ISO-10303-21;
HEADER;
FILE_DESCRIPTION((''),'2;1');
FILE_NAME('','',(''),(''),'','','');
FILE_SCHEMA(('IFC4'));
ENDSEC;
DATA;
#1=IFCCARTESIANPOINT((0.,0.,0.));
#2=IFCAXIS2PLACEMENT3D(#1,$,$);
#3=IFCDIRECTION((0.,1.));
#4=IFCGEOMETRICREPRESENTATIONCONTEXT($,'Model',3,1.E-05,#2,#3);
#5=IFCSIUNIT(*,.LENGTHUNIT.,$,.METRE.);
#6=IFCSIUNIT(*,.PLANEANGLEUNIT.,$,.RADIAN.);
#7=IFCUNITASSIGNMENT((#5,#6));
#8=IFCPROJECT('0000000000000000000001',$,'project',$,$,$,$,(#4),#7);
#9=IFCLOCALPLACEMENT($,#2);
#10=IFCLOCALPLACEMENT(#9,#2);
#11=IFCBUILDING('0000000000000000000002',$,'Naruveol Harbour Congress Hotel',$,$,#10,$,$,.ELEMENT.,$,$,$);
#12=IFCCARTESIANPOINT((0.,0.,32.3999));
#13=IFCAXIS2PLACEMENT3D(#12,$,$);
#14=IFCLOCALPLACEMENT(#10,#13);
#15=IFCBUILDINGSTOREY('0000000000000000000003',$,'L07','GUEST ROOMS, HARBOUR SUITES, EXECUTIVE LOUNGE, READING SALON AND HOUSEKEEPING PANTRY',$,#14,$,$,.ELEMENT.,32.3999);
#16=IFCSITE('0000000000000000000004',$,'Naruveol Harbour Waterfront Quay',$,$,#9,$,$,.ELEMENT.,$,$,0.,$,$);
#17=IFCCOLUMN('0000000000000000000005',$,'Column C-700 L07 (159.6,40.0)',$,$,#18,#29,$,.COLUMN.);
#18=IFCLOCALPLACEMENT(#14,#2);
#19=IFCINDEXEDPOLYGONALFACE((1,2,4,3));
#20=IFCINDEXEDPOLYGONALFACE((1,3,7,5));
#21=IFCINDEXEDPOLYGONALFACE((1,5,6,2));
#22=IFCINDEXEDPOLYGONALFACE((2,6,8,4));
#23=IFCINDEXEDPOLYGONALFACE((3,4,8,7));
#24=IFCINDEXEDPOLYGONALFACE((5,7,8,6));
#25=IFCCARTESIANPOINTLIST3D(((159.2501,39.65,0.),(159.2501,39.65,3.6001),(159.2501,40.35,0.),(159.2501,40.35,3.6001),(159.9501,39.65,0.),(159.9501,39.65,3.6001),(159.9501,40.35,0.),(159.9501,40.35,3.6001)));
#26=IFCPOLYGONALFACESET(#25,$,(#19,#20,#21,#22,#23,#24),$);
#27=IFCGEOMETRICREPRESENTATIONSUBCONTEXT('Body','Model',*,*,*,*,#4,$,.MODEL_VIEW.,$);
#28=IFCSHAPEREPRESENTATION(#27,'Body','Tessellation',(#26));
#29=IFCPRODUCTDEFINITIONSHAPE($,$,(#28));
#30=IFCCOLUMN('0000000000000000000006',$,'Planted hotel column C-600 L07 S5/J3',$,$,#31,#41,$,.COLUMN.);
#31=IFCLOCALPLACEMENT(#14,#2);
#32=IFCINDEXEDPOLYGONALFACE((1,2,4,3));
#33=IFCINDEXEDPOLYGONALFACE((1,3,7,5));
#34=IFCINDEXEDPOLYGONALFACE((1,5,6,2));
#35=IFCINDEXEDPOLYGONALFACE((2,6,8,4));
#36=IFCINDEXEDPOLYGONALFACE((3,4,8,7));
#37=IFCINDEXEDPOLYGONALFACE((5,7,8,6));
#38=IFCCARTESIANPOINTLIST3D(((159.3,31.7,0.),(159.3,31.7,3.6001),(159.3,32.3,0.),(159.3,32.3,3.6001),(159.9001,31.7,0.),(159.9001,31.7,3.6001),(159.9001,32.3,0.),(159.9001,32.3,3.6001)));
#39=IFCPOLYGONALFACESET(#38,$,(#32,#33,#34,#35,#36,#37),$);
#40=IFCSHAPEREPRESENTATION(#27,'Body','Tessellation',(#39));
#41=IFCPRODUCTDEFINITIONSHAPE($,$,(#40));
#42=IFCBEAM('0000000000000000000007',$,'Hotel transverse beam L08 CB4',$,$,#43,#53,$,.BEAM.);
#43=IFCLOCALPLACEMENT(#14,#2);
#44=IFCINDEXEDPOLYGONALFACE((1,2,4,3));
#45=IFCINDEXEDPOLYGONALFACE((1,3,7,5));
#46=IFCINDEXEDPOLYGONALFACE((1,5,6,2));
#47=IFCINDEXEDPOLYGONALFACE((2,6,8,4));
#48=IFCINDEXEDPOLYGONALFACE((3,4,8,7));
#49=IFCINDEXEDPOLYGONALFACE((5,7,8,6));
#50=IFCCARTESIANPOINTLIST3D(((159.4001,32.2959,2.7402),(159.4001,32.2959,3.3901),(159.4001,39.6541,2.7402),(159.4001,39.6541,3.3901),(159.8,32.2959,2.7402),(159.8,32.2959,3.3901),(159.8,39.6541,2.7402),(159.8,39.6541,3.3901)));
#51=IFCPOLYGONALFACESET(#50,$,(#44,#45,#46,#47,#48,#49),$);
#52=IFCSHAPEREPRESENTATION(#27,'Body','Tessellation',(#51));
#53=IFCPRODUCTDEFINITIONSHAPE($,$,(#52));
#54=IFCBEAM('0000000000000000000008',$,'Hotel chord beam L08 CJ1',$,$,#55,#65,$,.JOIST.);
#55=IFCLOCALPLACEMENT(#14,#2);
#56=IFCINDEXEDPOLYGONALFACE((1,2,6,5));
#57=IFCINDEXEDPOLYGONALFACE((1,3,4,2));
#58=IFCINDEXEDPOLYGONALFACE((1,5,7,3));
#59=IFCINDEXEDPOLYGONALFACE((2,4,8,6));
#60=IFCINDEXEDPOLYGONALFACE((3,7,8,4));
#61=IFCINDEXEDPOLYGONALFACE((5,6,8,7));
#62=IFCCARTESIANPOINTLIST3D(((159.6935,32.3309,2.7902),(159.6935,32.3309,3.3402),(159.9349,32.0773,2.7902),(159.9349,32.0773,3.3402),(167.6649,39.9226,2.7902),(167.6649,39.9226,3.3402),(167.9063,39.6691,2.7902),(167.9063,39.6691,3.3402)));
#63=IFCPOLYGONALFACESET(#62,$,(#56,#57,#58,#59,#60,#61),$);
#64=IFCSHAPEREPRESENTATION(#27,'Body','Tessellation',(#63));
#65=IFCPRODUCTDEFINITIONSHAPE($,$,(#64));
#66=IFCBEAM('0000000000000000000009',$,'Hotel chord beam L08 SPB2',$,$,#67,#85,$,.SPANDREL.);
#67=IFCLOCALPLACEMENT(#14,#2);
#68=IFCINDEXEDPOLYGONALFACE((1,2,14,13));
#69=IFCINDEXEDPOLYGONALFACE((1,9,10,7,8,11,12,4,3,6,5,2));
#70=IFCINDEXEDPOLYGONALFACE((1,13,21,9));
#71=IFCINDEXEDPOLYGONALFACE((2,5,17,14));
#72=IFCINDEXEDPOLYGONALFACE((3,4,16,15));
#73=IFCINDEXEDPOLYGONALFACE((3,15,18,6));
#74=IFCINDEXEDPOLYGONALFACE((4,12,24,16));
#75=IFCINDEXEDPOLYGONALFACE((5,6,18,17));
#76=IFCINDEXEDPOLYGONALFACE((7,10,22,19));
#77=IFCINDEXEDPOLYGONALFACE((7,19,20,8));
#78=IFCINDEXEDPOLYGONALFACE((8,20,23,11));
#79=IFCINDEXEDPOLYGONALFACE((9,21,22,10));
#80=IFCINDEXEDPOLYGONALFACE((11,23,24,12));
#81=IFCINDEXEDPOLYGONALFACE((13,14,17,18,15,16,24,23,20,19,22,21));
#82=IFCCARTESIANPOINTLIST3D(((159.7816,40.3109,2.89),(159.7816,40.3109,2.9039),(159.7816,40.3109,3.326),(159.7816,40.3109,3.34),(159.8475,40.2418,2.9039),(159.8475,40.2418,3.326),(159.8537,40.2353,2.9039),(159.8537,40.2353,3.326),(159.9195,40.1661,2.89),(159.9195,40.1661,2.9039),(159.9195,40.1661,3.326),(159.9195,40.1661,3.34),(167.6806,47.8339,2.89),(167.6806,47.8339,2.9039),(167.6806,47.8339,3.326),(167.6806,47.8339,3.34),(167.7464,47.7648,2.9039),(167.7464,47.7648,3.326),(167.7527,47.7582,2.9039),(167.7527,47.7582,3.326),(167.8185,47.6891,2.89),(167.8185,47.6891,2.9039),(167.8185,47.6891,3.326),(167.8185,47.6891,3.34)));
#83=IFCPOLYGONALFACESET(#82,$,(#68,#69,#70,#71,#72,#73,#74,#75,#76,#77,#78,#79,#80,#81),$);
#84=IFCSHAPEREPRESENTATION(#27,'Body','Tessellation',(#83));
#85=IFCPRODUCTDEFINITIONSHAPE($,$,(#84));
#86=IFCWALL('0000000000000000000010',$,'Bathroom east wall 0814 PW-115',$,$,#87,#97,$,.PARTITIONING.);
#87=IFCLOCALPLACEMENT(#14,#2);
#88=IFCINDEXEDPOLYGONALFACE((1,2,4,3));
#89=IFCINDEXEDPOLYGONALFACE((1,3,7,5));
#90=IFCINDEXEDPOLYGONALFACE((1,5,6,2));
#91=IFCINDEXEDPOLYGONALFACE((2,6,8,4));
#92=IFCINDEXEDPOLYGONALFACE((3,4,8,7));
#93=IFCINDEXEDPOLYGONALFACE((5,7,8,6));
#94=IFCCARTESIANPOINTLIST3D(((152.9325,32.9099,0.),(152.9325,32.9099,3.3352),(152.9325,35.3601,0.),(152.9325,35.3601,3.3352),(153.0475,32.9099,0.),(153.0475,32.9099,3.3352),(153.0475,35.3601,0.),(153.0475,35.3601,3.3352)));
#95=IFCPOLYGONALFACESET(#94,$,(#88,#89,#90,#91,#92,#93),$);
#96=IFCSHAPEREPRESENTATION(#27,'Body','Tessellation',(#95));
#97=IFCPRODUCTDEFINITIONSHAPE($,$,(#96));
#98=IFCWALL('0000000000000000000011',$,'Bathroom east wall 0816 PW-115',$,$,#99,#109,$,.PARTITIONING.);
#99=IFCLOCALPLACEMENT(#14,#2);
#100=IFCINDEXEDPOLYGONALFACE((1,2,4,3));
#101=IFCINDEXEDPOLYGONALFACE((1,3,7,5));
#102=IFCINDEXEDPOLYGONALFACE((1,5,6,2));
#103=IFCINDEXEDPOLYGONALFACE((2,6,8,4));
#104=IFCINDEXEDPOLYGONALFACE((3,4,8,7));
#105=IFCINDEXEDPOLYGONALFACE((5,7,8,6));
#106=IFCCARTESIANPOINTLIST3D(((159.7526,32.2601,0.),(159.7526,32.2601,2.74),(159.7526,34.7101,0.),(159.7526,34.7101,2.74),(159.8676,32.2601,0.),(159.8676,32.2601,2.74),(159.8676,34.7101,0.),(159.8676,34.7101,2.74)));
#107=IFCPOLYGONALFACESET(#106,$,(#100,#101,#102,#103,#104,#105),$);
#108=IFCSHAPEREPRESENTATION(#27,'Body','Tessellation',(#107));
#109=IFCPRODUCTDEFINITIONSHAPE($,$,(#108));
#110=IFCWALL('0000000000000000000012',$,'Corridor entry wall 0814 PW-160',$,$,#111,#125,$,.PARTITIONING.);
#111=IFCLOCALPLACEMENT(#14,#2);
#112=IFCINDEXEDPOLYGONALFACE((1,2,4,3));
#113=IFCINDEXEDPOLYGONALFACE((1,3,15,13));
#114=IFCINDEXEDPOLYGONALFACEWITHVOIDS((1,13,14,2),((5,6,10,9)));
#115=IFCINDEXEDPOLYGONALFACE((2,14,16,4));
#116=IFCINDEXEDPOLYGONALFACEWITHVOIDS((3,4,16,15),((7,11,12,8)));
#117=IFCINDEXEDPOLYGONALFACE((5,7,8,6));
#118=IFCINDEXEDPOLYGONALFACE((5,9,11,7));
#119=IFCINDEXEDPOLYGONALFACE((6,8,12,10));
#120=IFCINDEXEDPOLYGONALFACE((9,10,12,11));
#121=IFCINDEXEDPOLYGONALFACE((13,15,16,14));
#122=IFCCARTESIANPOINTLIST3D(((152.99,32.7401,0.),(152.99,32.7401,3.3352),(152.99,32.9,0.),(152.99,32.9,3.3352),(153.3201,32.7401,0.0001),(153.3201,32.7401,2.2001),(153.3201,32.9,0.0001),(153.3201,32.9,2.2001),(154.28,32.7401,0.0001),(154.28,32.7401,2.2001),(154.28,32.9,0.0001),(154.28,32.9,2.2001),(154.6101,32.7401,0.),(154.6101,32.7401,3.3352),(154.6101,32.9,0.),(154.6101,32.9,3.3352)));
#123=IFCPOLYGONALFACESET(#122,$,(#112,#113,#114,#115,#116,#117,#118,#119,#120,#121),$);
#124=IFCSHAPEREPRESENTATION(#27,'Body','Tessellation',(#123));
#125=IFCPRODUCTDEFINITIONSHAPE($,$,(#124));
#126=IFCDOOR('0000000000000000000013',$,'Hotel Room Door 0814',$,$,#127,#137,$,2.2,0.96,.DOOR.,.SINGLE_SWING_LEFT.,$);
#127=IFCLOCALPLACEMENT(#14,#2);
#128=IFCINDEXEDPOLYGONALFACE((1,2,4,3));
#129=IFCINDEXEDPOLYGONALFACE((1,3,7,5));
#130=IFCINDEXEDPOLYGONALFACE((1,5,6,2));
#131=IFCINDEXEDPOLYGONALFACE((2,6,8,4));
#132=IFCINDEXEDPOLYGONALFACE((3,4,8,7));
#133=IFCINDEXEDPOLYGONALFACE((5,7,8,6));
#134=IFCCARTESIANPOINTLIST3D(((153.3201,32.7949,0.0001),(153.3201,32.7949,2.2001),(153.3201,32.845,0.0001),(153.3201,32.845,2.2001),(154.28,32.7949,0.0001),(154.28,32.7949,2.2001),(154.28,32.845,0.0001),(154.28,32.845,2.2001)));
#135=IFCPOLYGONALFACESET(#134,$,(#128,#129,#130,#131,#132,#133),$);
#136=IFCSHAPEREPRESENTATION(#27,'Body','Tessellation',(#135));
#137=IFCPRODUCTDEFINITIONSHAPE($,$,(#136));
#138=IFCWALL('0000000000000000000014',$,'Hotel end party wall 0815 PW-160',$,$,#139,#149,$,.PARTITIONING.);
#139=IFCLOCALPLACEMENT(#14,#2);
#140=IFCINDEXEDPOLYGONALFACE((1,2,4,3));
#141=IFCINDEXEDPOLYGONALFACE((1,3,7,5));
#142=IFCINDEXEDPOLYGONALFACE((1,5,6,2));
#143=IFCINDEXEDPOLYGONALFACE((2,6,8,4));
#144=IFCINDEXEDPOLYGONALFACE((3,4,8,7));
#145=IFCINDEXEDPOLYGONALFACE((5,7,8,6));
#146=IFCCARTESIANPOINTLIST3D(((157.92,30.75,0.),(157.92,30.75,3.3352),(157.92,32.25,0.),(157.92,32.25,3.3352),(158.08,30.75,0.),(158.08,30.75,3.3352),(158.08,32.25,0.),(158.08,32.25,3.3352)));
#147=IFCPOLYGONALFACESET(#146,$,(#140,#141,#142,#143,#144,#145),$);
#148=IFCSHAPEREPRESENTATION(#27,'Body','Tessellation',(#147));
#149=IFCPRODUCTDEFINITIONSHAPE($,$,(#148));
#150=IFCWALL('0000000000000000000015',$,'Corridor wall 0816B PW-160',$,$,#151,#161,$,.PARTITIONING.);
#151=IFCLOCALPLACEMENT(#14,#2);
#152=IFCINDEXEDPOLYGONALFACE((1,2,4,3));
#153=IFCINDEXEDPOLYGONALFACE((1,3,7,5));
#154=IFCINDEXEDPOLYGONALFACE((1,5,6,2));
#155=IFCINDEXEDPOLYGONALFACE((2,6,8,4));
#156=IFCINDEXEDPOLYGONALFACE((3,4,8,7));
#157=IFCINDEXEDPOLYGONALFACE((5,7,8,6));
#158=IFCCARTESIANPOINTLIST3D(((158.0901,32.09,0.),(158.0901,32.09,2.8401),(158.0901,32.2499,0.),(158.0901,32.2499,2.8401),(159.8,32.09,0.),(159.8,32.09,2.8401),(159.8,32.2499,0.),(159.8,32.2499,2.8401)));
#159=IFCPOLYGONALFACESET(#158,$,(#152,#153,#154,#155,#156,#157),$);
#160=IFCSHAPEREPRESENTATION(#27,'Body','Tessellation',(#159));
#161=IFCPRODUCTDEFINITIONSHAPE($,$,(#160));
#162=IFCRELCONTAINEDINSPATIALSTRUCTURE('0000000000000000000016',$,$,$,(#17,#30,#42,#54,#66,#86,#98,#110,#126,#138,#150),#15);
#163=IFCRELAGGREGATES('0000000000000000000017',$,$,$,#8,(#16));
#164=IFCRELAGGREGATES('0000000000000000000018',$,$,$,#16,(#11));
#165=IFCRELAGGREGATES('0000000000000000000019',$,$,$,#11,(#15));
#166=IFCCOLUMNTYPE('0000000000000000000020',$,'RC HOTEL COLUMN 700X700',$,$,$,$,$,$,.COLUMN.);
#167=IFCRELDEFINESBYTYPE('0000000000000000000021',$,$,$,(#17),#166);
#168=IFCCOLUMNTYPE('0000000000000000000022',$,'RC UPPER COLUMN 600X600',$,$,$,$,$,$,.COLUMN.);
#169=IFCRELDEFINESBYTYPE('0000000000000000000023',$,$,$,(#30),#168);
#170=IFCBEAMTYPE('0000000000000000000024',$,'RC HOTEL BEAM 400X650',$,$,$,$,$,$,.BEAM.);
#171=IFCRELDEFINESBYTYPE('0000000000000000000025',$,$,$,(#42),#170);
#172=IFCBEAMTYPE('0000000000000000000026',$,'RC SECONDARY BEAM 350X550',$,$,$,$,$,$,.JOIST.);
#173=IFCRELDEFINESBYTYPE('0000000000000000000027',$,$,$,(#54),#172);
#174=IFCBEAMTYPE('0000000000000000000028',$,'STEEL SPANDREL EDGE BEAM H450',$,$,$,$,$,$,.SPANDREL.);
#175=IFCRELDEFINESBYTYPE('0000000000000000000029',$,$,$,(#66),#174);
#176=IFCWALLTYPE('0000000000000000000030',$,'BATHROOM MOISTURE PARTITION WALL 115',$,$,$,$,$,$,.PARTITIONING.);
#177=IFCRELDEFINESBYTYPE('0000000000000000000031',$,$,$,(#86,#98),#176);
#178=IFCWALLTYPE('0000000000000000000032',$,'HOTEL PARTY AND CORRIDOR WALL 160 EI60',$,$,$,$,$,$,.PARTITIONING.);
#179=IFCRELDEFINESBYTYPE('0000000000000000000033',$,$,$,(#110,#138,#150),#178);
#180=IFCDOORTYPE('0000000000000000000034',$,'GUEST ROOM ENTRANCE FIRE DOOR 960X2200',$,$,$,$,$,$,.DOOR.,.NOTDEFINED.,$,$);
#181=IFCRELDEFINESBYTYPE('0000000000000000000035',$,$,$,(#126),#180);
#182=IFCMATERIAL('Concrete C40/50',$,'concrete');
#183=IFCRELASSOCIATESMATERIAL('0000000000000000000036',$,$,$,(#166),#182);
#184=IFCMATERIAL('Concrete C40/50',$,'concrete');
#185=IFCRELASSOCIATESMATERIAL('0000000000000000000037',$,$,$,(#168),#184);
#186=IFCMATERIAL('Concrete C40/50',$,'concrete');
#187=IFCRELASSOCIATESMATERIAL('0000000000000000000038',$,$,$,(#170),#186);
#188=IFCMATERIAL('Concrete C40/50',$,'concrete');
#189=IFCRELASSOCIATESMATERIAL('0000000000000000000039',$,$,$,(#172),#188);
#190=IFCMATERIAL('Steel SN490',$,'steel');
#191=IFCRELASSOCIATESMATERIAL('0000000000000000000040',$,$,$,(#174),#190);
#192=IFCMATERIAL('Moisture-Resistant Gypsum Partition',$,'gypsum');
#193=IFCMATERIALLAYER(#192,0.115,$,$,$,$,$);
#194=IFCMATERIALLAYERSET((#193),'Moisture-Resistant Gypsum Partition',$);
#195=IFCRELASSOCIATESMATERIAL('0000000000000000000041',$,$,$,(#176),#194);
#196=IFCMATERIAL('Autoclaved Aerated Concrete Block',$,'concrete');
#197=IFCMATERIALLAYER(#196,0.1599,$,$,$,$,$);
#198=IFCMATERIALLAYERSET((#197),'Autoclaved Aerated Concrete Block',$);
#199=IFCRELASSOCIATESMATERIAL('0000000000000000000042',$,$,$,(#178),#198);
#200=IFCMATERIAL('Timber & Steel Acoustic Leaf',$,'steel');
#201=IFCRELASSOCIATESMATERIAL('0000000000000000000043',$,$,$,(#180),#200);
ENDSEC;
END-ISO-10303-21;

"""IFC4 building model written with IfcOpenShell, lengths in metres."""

from ifc_helpers import new_model, si_unit, direction, frame, frame_2d, origin, origin_2d, place, context, subcontext, project, spatial, rectangle, i_section, extrude, material, layer, layer_set, material_profile, profile_set, type_object, element, fill, save


model = new_model("IFC4")

# Units and contexts
model_context = context("Model", 3, precision=1e-05, world=origin(), true_north=direction((0.0, 1.0)))
body_context = subcontext(model_context, "Body", "Model", "MODEL_VIEW")
ifc_project = project(units=[si_unit("LENGTHUNIT", "METRE"), si_unit("PLANEANGLEUNIT", "RADIAN")], contexts=[model_context])

# Site, building, storey
site_placement = place(None, origin())
site = spatial("IfcSite", under=ifc_project, at=site_placement, Name="Naruveol Harbour Waterfront Quay", CompositionType="ELEMENT", RefElevation=0.0)
building_placement = place(site_placement, origin())
building = spatial("IfcBuilding", under=site, at=building_placement, Name="Naruveol Harbour Congress Hotel", CompositionType="ELEMENT")
storey_placement = place(building_placement, frame((0.0, 0.0, 32.3999)))
storey = spatial("IfcBuildingStorey", under=building, at=storey_placement, Name="L07", Description="GUEST ROOMS, HARBOUR SUITES, EXECUTIVE LOUNGE, READING SALON AND HOUSEKEEPING PANTRY", CompositionType="ELEMENT", Elevation=32.3999)

# Columns
ifc_material_1 = material(Name="Concrete C40/50", Category="concrete")
ifc_material_profile_1 = material_profile(ifc_material_1, rectangle(XDim=0.7, YDim=0.7, at=origin_2d()), Name="RC-700x700")
ifc_profile_set_1 = profile_set([ifc_material_profile_1], Name="Concrete C40/50")
column_type_1 = type_object("IfcColumnType", Name="RC HOTEL COLUMN 700X700", PredefinedType="COLUMN", material=ifc_profile_set_1)
column_1_placement = place(storey_placement, frame((159.6001, 40.0, 0.0), z_axis=(0.0, 0.0, 1.0), x_axis=(1.0, 0.0, 0.0)))
element("IfcColumn", 1, at=column_1_placement, inside=storey, type_object=column_type_1, Name="Column C-700 L07 (159.6,40.0)", PredefinedType="COLUMN", context=body_context, shape_type="SweptSolid", body=[
    extrude(rectangle(XDim=0.7, YDim=0.7, at=origin_2d()), origin(), (0.0, 0.0, 1.0), 3.6001),
])
ifc_material_2 = material(Name="Concrete C40/50", Category="concrete")
ifc_material_profile_2 = material_profile(ifc_material_2, rectangle(XDim=0.6001, YDim=0.6001, at=origin_2d()), Name="RC-600x600")
ifc_profile_set_2 = profile_set([ifc_material_profile_2], Name="Concrete C40/50")
column_type_2 = type_object("IfcColumnType", Name="RC UPPER COLUMN 600X600", PredefinedType="COLUMN", material=ifc_profile_set_2)
column_2_placement = place(storey_placement, frame((159.6001, 32.0, 0.0), z_axis=(0.0, 0.0, 1.0), x_axis=(1.0, 0.0, 0.0)))
element("IfcColumn", 2, at=column_2_placement, inside=storey, type_object=column_type_2, Name="Planted hotel column C-600 L07 S5/J3", PredefinedType="COLUMN", context=body_context, shape_type="SweptSolid", body=[
    extrude(rectangle(XDim=0.6001, YDim=0.6001, at=origin_2d()), origin(), (0.0, 0.0, 1.0), 3.6001),
])

# Beams
ifc_material_3 = material(Name="Concrete C40/50", Category="concrete")
ifc_material_profile_3 = material_profile(ifc_material_3, rectangle(XDim=0.3999, YDim=0.6499, at=origin_2d()), Name="RCB-400x650")
ifc_profile_set_3 = profile_set([ifc_material_profile_3], Name="Concrete C40/50")
beam_type_1 = type_object("IfcBeamType", Name="RC HOTEL BEAM 400X650", PredefinedType="BEAM", material=ifc_profile_set_3)
beam_1_placement = place(storey_placement, frame((159.6001, 32.2959, 3.0652), z_axis=(0.0, 1.0, 0.0), x_axis=(-1.0, 0.0, 0.0)))
element("IfcBeam", 3, at=beam_1_placement, inside=storey, type_object=beam_type_1, Name="Hotel transverse beam L08 CB4", PredefinedType="BEAM", context=body_context, shape_type="SweptSolid", body=[
    extrude(rectangle(XDim=0.3999, YDim=0.6499, at=origin_2d()), origin(), (0.0, 0.0, 1.0), 7.3582),
])
ifc_material_4 = material(Name="Concrete C40/50", Category="concrete")
ifc_material_profile_4 = material_profile(ifc_material_4, rectangle(XDim=0.3501, YDim=0.55, at=origin_2d()), Name="RCB-350x550")
ifc_profile_set_4 = profile_set([ifc_material_profile_4], Name="Concrete C40/50")
beam_type_2 = type_object("IfcBeamType", Name="RC SECONDARY BEAM 350X550", PredefinedType="JOIST", material=ifc_profile_set_4)
beam_2_placement = place(storey_placement, frame((159.8142, 32.2041, 3.0652), z_axis=(0.72414, 0.689653, 0.0), x_axis=(-0.689653, 0.72414, 0.0)))
element("IfcBeam", 4, at=beam_2_placement, inside=storey, type_object=beam_type_2, Name="Hotel chord beam L08 CJ1", PredefinedType="JOIST", context=body_context, shape_type="SweptSolid", body=[
    extrude(rectangle(XDim=0.3501, YDim=0.55, at=origin_2d()), origin(), (0.0, 0.0, 1.0), 11.0081),
])
ifc_material_5 = material(Name="Steel SN490", Category="steel")
ifc_material_profile_5 = material_profile(ifc_material_5, i_section(OverallWidth=0.2, OverallDepth=0.45, WebThickness=0.009, FlangeThickness=0.0139, at=origin_2d()), Name="H-450x200x9x14")
ifc_profile_set_5 = profile_set([ifc_material_profile_5], Name="Steel SN490")
beam_type_3 = type_object("IfcBeamType", Name="STEEL SPANDREL EDGE BEAM H450", PredefinedType="SPANDREL", material=ifc_profile_set_5)
beam_3_placement = place(storey_placement, frame((159.8506, 40.2385, 3.115), z_axis=(0.72413, 0.689663, 0.0), x_axis=(-0.689663, 0.72413, 0.0)))
element("IfcBeam", 5, at=beam_3_placement, inside=storey, type_object=beam_type_3, Name="Hotel chord beam L08 SPB2", PredefinedType="SPANDREL", context=body_context, shape_type="SweptSolid", body=[
    extrude(i_section(OverallWidth=0.2, OverallDepth=0.45, WebThickness=0.009, FlangeThickness=0.0139, at=origin_2d()), origin(), (0.0, 0.0, 1.0), 10.9082),
])

# Wall
ifc_material_6 = material(Name="Moisture-Resistant Gypsum Partition", Category="gypsum")
ifc_layer_1 = layer(ifc_material_6, 0.115)
ifc_layer_set_1 = layer_set([ifc_layer_1], Name="Moisture-Resistant Gypsum Partition")
wall_type_1 = type_object("IfcWallType", Name="BATHROOM MOISTURE PARTITION WALL 115", PredefinedType="PARTITIONING", material=ifc_layer_set_1)
wall_1_placement = place(storey_placement, frame((152.99, 32.9099, 0.0), z_axis=(0.0, 0.0, 1.0), x_axis=(0.0, 1.0, 0.0)))
element("IfcWall", 6, at=wall_1_placement, inside=storey, type_object=wall_type_1, Name="Bathroom east wall 0814 PW-115", PredefinedType="PARTITIONING", context=body_context, shape_type="SweptSolid", body=[
    extrude(rectangle(XDim=2.4502, YDim=0.115, at=frame_2d((1.2251, 0.0))), origin(), (0.0, 0.0, 1.0), 3.3352),
])

# Wall
wall_2_placement = place(storey_placement, frame((159.8101, 32.26, 0.0), z_axis=(0.0, 0.0, 1.0), x_axis=(0.0, 1.0, 0.0)))
element("IfcWall", 7, at=wall_2_placement, inside=storey, type_object=wall_type_1, Name="Bathroom east wall 0816 PW-115", PredefinedType="PARTITIONING", context=body_context, shape_type="SweptSolid", body=[
    extrude(rectangle(XDim=2.45, YDim=0.115, at=frame_2d((1.2251, 0.0))), origin(), (0.0, 0.0, 1.0), 2.74),
])

# Wall, opening, door
ifc_material_7 = material(Name="Autoclaved Aerated Concrete Block", Category="concrete")
ifc_layer_2 = layer(ifc_material_7, 0.1599)
ifc_layer_set_2 = layer_set([ifc_layer_2], Name="Autoclaved Aerated Concrete Block")
wall_type_2 = type_object("IfcWallType", Name="HOTEL PARTY AND CORRIDOR WALL 160 EI60", PredefinedType="PARTITIONING", material=ifc_layer_set_2)
wall_3_placement = place(storey_placement, frame((152.99, 32.8201, 0.0), z_axis=(0.0, 0.0, 1.0), x_axis=(1.0, 0.0, 0.0)))
wall_3 = element("IfcWall", 8, at=wall_3_placement, inside=storey, type_object=wall_type_2, Name="Corridor entry wall 0814 PW-160", PredefinedType="PARTITIONING", context=body_context, shape_type="SweptSolid", body=[
    extrude(rectangle(XDim=1.6201, YDim=0.1599, at=frame_2d((0.8101, 0.0))), origin(), (0.0, 0.0, 1.0), 3.3352),
])
opening_1_placement = place(wall_3_placement, frame((0.3301, 0.0, 0.0)))
opening_1 = element("IfcOpeningElement", 9, at=opening_1_placement, cuts=wall_3, PredefinedType="OPENING", context=body_context, shape_type="SweptSolid", body=[
    extrude(rectangle(XDim=0.96, YDim=2.2, at=frame_2d((0.48, 1.1001))), frame((0.0, 0.0898, 0.0), z_axis=(0.0, -1.0, 0.0), x_axis=(1.0, 0.0, 0.0)), (0.0, 0.0, 1.0), 0.1799),
])
ifc_material_8 = material(Name="Timber & Steel Acoustic Leaf", Category="steel")
door_type_1 = type_object("IfcDoorType", Name="GUEST ROOM ENTRANCE FIRE DOOR 960X2200", OperationType="NOTDEFINED", PredefinedType="DOOR", material=ifc_material_8)
door_1_placement = place(opening_1_placement, origin())
door_1 = element("IfcDoor", 10, at=door_1_placement, inside=storey, type_object=door_type_1, Name="Hotel Room Door 0814", OperationType="SINGLE_SWING_LEFT", OverallHeight=2.2, OverallWidth=0.96, PredefinedType="DOOR", context=body_context, shape_type="SweptSolid", body=[
    extrude(rectangle(XDim=0.96, YDim=2.2, at=frame_2d((0.48, 1.1001))), frame((0.0, 0.0249, 0.0), z_axis=(0.0, -1.0, 0.0), x_axis=(1.0, 0.0, 0.0)), (0.0, 0.0, 1.0), 0.05),
])
fill(opening_1, door_1)

# Walls
wall_4_placement = place(storey_placement, frame((158.0, 30.75, 0.0), z_axis=(0.0, 0.0, 1.0), x_axis=(0.0, 1.0, 0.0)))
element("IfcWall", 11, at=wall_4_placement, inside=storey, type_object=wall_type_2, Name="Hotel end party wall 0815 PW-160", PredefinedType="PARTITIONING", context=body_context, shape_type="SweptSolid", body=[
    extrude(rectangle(XDim=1.5, YDim=0.1599, at=frame_2d((0.75, 0.0))), origin(), (0.0, 0.0, 1.0), 3.3352),
])
wall_5_placement = place(storey_placement, frame((158.0901, 32.1699, 0.0), z_axis=(0.0, 0.0, 1.0), x_axis=(1.0, 0.0, 0.0)))
element("IfcWall", 12, at=wall_5_placement, inside=storey, type_object=wall_type_2, Name="Corridor wall 0816B PW-160", PredefinedType="PARTITIONING", context=body_context, shape_type="SweptSolid", body=[
    extrude(rectangle(XDim=1.71, YDim=0.1599, at=frame_2d((0.855, 0.0))), origin(), (0.0, 0.0, 1.0), 2.8401),
])

save(model, "model.ifc")
